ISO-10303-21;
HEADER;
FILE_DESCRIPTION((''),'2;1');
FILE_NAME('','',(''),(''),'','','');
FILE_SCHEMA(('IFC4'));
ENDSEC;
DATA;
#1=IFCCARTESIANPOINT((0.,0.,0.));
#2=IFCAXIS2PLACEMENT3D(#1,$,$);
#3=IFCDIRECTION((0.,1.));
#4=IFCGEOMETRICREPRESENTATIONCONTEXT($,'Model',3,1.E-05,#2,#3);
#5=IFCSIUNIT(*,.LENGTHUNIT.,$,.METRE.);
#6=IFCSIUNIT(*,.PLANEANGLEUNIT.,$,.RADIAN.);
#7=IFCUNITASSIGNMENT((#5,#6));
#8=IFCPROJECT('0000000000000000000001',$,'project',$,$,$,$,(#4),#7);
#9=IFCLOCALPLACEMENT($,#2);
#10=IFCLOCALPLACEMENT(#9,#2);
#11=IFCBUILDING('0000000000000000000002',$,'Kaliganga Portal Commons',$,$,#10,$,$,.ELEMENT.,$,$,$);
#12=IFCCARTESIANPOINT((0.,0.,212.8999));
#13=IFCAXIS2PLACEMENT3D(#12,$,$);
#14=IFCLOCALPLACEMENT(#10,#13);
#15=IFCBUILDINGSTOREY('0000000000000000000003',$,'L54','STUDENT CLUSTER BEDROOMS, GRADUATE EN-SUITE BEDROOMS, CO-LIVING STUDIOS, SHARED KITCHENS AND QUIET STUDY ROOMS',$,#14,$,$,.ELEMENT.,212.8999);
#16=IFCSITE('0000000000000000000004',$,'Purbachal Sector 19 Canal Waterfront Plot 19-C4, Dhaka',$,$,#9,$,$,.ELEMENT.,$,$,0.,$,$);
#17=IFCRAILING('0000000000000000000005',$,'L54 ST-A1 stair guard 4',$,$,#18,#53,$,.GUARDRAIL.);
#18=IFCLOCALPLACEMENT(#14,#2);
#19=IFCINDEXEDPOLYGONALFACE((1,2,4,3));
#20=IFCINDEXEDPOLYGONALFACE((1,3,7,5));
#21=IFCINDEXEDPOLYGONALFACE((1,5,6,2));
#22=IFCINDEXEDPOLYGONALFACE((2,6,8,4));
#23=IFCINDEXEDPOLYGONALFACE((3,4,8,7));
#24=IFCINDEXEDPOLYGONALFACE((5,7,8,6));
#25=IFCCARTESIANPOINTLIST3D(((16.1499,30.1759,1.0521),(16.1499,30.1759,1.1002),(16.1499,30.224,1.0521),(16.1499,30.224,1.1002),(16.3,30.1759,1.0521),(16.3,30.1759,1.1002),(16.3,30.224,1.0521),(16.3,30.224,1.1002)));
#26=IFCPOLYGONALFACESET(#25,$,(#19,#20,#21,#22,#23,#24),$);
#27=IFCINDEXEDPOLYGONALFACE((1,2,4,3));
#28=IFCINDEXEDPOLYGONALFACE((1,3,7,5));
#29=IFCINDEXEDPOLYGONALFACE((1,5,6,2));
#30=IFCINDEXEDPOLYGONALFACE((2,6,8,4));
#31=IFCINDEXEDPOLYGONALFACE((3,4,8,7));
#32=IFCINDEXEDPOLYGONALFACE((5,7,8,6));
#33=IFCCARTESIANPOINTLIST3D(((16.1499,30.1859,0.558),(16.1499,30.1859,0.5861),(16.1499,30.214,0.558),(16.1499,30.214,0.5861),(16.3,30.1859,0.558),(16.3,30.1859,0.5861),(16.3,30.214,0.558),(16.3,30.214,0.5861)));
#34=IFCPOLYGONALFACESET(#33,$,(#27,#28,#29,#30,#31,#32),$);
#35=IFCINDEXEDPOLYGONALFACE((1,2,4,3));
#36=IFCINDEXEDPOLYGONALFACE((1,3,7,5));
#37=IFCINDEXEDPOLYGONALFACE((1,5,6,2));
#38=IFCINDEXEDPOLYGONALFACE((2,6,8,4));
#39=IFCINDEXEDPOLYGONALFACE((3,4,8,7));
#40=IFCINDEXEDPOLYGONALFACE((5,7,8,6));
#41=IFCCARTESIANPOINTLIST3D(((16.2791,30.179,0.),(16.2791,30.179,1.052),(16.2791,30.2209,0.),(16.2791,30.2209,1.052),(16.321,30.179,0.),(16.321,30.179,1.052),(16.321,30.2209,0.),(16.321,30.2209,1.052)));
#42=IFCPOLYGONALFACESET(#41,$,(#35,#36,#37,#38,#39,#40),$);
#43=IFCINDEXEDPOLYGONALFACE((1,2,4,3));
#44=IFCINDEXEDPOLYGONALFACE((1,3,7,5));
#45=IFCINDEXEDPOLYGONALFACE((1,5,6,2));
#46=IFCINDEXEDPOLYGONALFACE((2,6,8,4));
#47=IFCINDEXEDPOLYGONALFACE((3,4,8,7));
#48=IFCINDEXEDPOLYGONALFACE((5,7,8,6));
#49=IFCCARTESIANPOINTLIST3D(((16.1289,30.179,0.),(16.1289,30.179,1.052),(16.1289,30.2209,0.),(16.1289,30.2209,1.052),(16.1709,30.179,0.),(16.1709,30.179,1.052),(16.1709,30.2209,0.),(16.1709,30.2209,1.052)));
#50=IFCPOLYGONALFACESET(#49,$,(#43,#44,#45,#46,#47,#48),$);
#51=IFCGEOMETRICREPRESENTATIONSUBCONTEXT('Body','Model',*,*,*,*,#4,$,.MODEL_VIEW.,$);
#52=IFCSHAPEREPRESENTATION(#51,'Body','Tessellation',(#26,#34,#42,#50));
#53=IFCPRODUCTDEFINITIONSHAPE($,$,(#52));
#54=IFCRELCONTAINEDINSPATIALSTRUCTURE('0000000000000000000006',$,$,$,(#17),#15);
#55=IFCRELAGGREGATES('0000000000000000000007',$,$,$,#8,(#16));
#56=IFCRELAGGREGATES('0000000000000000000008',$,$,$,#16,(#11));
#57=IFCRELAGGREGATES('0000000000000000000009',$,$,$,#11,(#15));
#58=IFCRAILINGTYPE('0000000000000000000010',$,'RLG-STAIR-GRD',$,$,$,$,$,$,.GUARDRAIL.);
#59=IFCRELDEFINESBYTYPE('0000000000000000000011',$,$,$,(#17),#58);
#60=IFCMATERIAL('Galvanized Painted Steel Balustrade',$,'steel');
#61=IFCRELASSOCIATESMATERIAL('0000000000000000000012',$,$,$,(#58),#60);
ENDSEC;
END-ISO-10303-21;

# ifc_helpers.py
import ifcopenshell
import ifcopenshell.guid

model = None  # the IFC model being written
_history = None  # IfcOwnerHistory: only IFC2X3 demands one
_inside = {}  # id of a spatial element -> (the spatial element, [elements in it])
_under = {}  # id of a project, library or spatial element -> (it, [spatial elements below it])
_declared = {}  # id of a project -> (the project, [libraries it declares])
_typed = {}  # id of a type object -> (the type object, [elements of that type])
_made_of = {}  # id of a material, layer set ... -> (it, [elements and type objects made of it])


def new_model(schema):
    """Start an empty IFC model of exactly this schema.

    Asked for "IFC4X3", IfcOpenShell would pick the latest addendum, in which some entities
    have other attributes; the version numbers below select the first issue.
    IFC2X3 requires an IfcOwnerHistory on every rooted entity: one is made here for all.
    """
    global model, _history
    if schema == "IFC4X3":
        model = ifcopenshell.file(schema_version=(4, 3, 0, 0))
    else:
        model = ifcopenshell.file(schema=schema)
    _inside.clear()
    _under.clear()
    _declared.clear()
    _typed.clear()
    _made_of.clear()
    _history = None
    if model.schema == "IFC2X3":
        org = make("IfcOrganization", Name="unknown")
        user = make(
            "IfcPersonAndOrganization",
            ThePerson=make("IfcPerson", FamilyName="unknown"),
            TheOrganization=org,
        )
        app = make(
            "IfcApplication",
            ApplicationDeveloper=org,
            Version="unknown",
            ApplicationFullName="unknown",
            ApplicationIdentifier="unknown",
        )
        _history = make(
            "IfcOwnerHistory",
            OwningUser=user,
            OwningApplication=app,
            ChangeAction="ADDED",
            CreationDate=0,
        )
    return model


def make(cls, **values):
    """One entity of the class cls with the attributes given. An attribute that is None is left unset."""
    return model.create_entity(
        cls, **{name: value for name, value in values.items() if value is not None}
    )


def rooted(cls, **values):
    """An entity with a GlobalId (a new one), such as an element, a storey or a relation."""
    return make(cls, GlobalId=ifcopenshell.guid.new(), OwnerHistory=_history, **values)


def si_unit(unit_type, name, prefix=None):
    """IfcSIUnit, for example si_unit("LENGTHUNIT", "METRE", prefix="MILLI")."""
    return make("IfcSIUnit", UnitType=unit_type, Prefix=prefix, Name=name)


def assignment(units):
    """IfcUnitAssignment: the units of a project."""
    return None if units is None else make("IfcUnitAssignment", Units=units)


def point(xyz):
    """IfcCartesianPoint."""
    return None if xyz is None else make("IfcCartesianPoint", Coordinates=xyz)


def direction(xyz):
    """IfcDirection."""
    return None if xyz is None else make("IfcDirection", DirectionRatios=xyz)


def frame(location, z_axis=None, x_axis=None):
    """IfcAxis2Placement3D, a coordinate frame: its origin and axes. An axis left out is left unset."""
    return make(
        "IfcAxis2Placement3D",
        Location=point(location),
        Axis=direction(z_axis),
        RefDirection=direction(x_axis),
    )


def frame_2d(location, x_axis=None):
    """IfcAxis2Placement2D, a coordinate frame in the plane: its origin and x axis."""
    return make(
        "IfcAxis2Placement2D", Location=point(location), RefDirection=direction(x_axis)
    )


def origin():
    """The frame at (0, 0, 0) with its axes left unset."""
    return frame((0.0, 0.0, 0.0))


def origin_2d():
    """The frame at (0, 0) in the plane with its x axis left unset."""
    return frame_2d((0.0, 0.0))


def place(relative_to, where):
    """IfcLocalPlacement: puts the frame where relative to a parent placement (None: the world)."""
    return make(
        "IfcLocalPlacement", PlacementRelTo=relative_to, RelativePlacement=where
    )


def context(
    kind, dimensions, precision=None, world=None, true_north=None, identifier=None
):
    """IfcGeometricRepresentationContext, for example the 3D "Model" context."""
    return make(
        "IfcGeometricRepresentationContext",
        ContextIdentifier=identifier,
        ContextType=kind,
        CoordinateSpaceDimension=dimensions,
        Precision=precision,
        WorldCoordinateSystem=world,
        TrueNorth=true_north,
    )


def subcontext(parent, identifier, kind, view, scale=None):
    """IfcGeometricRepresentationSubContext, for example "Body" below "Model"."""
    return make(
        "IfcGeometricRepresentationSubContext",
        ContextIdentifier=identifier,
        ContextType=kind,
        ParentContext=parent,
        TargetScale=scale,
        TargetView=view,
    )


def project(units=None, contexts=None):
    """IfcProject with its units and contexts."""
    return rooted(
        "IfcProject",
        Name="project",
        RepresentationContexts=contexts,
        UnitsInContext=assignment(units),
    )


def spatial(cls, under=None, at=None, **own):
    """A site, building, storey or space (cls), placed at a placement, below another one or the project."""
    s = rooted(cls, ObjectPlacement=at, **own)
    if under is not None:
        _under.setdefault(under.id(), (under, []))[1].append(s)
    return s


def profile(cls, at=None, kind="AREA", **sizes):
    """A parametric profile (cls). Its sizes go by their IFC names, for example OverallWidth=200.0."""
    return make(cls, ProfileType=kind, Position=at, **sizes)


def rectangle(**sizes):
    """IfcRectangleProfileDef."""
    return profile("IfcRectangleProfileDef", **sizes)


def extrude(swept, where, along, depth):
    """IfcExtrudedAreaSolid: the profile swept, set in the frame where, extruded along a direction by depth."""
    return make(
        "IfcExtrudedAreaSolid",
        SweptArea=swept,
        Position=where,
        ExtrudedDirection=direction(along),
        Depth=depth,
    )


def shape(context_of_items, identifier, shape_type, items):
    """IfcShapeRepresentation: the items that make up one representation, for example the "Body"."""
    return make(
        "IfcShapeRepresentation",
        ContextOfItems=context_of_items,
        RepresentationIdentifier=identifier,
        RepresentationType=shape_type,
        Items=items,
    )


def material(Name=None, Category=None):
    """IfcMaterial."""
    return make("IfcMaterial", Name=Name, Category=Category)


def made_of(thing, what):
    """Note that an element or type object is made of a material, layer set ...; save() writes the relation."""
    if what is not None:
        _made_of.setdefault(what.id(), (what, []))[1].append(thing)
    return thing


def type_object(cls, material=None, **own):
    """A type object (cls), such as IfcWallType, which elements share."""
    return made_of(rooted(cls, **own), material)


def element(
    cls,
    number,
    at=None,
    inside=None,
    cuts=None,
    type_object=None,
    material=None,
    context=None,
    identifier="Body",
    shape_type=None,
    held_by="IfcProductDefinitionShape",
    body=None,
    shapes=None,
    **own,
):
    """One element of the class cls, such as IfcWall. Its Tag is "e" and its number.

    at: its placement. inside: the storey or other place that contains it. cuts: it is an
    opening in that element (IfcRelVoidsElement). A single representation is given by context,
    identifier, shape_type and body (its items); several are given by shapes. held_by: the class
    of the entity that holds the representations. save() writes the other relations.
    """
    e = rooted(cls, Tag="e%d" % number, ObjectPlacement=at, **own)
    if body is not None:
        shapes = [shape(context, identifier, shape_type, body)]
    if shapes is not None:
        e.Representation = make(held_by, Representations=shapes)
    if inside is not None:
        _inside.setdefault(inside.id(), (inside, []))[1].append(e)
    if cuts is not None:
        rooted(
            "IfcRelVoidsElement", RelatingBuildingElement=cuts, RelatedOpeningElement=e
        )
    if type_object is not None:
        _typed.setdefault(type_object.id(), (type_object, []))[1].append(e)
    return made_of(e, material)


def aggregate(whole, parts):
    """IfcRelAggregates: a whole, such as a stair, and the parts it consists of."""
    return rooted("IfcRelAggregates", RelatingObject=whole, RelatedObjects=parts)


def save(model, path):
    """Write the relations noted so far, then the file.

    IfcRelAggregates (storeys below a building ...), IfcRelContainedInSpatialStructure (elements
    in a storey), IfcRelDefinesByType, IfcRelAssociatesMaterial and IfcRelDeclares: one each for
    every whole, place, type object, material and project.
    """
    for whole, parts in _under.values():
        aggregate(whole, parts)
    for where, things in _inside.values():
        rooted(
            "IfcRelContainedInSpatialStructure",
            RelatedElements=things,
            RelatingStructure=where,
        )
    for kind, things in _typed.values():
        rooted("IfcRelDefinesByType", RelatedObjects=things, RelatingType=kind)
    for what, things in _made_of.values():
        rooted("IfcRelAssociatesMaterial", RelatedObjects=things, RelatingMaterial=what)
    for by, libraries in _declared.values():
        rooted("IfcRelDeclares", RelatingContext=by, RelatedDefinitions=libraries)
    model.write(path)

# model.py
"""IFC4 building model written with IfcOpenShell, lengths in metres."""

from ifc_helpers import new_model, si_unit, direction, frame, origin, origin_2d, place, context, subcontext, project, spatial, rectangle, extrude, material, type_object, element, save


model = new_model("IFC4")

# Units and contexts
model_context = context("Model", 3, precision=1e-05, world=origin(), true_north=direction((0.0, 1.0)))
body_context = subcontext(model_context, "Body", "Model", "MODEL_VIEW")
ifc_project = project(units=[si_unit("LENGTHUNIT", "METRE"), si_unit("PLANEANGLEUNIT", "RADIAN")], contexts=[model_context])

# Site, building, storey
site_placement = place(None, origin())
site = spatial("IfcSite", under=ifc_project, at=site_placement, Name="Purbachal Sector 19 Canal Waterfront Plot 19-C4, Dhaka", CompositionType="ELEMENT", RefElevation=0.0)
building_placement = place(site_placement, origin())
building = spatial("IfcBuilding", under=site, at=building_placement, Name="Kaliganga Portal Commons", CompositionType="ELEMENT")
storey_placement = place(building_placement, frame((0.0, 0.0, 212.8999)))
storey = spatial("IfcBuildingStorey", under=building, at=storey_placement, Name="L54", Description="STUDENT CLUSTER BEDROOMS, GRADUATE EN-SUITE BEDROOMS, CO-LIVING STUDIOS, SHARED KITCHENS AND QUIET STUDY ROOMS", CompositionType="ELEMENT", Elevation=212.8999)

# Railing
ifc_material_1 = material(Name="Galvanized Painted Steel Balustrade", Category="steel")
railing_type = type_object("IfcRailingType", Name="RLG-STAIR-GRD", PredefinedType="GUARDRAIL", material=ifc_material_1)
railing_placement = place(storey_placement, frame((16.3, 30.2, 0.0)))
element("IfcRailing", 1, at=railing_placement, inside=storey, type_object=railing_type, Name="L54 ST-A1 stair guard 4", PredefinedType="GUARDRAIL", context=body_context, shape_type="SweptSolid", body=[
    extrude(rectangle(XDim=0.0481, YDim=0.0481, at=origin_2d()), frame((0.0, 0.0, 1.0762), z_axis=(-1.0, 0.0, 0.0), x_axis=(0.0, -1.0, 0.0)), (0.0, 0.0, 1.0), 0.1501),
    extrude(rectangle(XDim=0.0281, YDim=0.0281, at=origin_2d()), frame((0.0, 0.0, 0.572), z_axis=(-1.0, 0.0, 0.0), x_axis=(0.0, -1.0, 0.0)), (0.0, 0.0, 1.0), 0.1501),
    extrude(rectangle(XDim=0.042, YDim=0.042, at=origin_2d()), origin(), (0.0, 0.0, 1.0), 1.052),
    extrude(rectangle(XDim=0.042, YDim=0.042, at=origin_2d()), frame((-0.1501, 0.0, 0.0)), (0.0, 0.0, 1.0), 1.052),
])

save(model, "model.ifc")
